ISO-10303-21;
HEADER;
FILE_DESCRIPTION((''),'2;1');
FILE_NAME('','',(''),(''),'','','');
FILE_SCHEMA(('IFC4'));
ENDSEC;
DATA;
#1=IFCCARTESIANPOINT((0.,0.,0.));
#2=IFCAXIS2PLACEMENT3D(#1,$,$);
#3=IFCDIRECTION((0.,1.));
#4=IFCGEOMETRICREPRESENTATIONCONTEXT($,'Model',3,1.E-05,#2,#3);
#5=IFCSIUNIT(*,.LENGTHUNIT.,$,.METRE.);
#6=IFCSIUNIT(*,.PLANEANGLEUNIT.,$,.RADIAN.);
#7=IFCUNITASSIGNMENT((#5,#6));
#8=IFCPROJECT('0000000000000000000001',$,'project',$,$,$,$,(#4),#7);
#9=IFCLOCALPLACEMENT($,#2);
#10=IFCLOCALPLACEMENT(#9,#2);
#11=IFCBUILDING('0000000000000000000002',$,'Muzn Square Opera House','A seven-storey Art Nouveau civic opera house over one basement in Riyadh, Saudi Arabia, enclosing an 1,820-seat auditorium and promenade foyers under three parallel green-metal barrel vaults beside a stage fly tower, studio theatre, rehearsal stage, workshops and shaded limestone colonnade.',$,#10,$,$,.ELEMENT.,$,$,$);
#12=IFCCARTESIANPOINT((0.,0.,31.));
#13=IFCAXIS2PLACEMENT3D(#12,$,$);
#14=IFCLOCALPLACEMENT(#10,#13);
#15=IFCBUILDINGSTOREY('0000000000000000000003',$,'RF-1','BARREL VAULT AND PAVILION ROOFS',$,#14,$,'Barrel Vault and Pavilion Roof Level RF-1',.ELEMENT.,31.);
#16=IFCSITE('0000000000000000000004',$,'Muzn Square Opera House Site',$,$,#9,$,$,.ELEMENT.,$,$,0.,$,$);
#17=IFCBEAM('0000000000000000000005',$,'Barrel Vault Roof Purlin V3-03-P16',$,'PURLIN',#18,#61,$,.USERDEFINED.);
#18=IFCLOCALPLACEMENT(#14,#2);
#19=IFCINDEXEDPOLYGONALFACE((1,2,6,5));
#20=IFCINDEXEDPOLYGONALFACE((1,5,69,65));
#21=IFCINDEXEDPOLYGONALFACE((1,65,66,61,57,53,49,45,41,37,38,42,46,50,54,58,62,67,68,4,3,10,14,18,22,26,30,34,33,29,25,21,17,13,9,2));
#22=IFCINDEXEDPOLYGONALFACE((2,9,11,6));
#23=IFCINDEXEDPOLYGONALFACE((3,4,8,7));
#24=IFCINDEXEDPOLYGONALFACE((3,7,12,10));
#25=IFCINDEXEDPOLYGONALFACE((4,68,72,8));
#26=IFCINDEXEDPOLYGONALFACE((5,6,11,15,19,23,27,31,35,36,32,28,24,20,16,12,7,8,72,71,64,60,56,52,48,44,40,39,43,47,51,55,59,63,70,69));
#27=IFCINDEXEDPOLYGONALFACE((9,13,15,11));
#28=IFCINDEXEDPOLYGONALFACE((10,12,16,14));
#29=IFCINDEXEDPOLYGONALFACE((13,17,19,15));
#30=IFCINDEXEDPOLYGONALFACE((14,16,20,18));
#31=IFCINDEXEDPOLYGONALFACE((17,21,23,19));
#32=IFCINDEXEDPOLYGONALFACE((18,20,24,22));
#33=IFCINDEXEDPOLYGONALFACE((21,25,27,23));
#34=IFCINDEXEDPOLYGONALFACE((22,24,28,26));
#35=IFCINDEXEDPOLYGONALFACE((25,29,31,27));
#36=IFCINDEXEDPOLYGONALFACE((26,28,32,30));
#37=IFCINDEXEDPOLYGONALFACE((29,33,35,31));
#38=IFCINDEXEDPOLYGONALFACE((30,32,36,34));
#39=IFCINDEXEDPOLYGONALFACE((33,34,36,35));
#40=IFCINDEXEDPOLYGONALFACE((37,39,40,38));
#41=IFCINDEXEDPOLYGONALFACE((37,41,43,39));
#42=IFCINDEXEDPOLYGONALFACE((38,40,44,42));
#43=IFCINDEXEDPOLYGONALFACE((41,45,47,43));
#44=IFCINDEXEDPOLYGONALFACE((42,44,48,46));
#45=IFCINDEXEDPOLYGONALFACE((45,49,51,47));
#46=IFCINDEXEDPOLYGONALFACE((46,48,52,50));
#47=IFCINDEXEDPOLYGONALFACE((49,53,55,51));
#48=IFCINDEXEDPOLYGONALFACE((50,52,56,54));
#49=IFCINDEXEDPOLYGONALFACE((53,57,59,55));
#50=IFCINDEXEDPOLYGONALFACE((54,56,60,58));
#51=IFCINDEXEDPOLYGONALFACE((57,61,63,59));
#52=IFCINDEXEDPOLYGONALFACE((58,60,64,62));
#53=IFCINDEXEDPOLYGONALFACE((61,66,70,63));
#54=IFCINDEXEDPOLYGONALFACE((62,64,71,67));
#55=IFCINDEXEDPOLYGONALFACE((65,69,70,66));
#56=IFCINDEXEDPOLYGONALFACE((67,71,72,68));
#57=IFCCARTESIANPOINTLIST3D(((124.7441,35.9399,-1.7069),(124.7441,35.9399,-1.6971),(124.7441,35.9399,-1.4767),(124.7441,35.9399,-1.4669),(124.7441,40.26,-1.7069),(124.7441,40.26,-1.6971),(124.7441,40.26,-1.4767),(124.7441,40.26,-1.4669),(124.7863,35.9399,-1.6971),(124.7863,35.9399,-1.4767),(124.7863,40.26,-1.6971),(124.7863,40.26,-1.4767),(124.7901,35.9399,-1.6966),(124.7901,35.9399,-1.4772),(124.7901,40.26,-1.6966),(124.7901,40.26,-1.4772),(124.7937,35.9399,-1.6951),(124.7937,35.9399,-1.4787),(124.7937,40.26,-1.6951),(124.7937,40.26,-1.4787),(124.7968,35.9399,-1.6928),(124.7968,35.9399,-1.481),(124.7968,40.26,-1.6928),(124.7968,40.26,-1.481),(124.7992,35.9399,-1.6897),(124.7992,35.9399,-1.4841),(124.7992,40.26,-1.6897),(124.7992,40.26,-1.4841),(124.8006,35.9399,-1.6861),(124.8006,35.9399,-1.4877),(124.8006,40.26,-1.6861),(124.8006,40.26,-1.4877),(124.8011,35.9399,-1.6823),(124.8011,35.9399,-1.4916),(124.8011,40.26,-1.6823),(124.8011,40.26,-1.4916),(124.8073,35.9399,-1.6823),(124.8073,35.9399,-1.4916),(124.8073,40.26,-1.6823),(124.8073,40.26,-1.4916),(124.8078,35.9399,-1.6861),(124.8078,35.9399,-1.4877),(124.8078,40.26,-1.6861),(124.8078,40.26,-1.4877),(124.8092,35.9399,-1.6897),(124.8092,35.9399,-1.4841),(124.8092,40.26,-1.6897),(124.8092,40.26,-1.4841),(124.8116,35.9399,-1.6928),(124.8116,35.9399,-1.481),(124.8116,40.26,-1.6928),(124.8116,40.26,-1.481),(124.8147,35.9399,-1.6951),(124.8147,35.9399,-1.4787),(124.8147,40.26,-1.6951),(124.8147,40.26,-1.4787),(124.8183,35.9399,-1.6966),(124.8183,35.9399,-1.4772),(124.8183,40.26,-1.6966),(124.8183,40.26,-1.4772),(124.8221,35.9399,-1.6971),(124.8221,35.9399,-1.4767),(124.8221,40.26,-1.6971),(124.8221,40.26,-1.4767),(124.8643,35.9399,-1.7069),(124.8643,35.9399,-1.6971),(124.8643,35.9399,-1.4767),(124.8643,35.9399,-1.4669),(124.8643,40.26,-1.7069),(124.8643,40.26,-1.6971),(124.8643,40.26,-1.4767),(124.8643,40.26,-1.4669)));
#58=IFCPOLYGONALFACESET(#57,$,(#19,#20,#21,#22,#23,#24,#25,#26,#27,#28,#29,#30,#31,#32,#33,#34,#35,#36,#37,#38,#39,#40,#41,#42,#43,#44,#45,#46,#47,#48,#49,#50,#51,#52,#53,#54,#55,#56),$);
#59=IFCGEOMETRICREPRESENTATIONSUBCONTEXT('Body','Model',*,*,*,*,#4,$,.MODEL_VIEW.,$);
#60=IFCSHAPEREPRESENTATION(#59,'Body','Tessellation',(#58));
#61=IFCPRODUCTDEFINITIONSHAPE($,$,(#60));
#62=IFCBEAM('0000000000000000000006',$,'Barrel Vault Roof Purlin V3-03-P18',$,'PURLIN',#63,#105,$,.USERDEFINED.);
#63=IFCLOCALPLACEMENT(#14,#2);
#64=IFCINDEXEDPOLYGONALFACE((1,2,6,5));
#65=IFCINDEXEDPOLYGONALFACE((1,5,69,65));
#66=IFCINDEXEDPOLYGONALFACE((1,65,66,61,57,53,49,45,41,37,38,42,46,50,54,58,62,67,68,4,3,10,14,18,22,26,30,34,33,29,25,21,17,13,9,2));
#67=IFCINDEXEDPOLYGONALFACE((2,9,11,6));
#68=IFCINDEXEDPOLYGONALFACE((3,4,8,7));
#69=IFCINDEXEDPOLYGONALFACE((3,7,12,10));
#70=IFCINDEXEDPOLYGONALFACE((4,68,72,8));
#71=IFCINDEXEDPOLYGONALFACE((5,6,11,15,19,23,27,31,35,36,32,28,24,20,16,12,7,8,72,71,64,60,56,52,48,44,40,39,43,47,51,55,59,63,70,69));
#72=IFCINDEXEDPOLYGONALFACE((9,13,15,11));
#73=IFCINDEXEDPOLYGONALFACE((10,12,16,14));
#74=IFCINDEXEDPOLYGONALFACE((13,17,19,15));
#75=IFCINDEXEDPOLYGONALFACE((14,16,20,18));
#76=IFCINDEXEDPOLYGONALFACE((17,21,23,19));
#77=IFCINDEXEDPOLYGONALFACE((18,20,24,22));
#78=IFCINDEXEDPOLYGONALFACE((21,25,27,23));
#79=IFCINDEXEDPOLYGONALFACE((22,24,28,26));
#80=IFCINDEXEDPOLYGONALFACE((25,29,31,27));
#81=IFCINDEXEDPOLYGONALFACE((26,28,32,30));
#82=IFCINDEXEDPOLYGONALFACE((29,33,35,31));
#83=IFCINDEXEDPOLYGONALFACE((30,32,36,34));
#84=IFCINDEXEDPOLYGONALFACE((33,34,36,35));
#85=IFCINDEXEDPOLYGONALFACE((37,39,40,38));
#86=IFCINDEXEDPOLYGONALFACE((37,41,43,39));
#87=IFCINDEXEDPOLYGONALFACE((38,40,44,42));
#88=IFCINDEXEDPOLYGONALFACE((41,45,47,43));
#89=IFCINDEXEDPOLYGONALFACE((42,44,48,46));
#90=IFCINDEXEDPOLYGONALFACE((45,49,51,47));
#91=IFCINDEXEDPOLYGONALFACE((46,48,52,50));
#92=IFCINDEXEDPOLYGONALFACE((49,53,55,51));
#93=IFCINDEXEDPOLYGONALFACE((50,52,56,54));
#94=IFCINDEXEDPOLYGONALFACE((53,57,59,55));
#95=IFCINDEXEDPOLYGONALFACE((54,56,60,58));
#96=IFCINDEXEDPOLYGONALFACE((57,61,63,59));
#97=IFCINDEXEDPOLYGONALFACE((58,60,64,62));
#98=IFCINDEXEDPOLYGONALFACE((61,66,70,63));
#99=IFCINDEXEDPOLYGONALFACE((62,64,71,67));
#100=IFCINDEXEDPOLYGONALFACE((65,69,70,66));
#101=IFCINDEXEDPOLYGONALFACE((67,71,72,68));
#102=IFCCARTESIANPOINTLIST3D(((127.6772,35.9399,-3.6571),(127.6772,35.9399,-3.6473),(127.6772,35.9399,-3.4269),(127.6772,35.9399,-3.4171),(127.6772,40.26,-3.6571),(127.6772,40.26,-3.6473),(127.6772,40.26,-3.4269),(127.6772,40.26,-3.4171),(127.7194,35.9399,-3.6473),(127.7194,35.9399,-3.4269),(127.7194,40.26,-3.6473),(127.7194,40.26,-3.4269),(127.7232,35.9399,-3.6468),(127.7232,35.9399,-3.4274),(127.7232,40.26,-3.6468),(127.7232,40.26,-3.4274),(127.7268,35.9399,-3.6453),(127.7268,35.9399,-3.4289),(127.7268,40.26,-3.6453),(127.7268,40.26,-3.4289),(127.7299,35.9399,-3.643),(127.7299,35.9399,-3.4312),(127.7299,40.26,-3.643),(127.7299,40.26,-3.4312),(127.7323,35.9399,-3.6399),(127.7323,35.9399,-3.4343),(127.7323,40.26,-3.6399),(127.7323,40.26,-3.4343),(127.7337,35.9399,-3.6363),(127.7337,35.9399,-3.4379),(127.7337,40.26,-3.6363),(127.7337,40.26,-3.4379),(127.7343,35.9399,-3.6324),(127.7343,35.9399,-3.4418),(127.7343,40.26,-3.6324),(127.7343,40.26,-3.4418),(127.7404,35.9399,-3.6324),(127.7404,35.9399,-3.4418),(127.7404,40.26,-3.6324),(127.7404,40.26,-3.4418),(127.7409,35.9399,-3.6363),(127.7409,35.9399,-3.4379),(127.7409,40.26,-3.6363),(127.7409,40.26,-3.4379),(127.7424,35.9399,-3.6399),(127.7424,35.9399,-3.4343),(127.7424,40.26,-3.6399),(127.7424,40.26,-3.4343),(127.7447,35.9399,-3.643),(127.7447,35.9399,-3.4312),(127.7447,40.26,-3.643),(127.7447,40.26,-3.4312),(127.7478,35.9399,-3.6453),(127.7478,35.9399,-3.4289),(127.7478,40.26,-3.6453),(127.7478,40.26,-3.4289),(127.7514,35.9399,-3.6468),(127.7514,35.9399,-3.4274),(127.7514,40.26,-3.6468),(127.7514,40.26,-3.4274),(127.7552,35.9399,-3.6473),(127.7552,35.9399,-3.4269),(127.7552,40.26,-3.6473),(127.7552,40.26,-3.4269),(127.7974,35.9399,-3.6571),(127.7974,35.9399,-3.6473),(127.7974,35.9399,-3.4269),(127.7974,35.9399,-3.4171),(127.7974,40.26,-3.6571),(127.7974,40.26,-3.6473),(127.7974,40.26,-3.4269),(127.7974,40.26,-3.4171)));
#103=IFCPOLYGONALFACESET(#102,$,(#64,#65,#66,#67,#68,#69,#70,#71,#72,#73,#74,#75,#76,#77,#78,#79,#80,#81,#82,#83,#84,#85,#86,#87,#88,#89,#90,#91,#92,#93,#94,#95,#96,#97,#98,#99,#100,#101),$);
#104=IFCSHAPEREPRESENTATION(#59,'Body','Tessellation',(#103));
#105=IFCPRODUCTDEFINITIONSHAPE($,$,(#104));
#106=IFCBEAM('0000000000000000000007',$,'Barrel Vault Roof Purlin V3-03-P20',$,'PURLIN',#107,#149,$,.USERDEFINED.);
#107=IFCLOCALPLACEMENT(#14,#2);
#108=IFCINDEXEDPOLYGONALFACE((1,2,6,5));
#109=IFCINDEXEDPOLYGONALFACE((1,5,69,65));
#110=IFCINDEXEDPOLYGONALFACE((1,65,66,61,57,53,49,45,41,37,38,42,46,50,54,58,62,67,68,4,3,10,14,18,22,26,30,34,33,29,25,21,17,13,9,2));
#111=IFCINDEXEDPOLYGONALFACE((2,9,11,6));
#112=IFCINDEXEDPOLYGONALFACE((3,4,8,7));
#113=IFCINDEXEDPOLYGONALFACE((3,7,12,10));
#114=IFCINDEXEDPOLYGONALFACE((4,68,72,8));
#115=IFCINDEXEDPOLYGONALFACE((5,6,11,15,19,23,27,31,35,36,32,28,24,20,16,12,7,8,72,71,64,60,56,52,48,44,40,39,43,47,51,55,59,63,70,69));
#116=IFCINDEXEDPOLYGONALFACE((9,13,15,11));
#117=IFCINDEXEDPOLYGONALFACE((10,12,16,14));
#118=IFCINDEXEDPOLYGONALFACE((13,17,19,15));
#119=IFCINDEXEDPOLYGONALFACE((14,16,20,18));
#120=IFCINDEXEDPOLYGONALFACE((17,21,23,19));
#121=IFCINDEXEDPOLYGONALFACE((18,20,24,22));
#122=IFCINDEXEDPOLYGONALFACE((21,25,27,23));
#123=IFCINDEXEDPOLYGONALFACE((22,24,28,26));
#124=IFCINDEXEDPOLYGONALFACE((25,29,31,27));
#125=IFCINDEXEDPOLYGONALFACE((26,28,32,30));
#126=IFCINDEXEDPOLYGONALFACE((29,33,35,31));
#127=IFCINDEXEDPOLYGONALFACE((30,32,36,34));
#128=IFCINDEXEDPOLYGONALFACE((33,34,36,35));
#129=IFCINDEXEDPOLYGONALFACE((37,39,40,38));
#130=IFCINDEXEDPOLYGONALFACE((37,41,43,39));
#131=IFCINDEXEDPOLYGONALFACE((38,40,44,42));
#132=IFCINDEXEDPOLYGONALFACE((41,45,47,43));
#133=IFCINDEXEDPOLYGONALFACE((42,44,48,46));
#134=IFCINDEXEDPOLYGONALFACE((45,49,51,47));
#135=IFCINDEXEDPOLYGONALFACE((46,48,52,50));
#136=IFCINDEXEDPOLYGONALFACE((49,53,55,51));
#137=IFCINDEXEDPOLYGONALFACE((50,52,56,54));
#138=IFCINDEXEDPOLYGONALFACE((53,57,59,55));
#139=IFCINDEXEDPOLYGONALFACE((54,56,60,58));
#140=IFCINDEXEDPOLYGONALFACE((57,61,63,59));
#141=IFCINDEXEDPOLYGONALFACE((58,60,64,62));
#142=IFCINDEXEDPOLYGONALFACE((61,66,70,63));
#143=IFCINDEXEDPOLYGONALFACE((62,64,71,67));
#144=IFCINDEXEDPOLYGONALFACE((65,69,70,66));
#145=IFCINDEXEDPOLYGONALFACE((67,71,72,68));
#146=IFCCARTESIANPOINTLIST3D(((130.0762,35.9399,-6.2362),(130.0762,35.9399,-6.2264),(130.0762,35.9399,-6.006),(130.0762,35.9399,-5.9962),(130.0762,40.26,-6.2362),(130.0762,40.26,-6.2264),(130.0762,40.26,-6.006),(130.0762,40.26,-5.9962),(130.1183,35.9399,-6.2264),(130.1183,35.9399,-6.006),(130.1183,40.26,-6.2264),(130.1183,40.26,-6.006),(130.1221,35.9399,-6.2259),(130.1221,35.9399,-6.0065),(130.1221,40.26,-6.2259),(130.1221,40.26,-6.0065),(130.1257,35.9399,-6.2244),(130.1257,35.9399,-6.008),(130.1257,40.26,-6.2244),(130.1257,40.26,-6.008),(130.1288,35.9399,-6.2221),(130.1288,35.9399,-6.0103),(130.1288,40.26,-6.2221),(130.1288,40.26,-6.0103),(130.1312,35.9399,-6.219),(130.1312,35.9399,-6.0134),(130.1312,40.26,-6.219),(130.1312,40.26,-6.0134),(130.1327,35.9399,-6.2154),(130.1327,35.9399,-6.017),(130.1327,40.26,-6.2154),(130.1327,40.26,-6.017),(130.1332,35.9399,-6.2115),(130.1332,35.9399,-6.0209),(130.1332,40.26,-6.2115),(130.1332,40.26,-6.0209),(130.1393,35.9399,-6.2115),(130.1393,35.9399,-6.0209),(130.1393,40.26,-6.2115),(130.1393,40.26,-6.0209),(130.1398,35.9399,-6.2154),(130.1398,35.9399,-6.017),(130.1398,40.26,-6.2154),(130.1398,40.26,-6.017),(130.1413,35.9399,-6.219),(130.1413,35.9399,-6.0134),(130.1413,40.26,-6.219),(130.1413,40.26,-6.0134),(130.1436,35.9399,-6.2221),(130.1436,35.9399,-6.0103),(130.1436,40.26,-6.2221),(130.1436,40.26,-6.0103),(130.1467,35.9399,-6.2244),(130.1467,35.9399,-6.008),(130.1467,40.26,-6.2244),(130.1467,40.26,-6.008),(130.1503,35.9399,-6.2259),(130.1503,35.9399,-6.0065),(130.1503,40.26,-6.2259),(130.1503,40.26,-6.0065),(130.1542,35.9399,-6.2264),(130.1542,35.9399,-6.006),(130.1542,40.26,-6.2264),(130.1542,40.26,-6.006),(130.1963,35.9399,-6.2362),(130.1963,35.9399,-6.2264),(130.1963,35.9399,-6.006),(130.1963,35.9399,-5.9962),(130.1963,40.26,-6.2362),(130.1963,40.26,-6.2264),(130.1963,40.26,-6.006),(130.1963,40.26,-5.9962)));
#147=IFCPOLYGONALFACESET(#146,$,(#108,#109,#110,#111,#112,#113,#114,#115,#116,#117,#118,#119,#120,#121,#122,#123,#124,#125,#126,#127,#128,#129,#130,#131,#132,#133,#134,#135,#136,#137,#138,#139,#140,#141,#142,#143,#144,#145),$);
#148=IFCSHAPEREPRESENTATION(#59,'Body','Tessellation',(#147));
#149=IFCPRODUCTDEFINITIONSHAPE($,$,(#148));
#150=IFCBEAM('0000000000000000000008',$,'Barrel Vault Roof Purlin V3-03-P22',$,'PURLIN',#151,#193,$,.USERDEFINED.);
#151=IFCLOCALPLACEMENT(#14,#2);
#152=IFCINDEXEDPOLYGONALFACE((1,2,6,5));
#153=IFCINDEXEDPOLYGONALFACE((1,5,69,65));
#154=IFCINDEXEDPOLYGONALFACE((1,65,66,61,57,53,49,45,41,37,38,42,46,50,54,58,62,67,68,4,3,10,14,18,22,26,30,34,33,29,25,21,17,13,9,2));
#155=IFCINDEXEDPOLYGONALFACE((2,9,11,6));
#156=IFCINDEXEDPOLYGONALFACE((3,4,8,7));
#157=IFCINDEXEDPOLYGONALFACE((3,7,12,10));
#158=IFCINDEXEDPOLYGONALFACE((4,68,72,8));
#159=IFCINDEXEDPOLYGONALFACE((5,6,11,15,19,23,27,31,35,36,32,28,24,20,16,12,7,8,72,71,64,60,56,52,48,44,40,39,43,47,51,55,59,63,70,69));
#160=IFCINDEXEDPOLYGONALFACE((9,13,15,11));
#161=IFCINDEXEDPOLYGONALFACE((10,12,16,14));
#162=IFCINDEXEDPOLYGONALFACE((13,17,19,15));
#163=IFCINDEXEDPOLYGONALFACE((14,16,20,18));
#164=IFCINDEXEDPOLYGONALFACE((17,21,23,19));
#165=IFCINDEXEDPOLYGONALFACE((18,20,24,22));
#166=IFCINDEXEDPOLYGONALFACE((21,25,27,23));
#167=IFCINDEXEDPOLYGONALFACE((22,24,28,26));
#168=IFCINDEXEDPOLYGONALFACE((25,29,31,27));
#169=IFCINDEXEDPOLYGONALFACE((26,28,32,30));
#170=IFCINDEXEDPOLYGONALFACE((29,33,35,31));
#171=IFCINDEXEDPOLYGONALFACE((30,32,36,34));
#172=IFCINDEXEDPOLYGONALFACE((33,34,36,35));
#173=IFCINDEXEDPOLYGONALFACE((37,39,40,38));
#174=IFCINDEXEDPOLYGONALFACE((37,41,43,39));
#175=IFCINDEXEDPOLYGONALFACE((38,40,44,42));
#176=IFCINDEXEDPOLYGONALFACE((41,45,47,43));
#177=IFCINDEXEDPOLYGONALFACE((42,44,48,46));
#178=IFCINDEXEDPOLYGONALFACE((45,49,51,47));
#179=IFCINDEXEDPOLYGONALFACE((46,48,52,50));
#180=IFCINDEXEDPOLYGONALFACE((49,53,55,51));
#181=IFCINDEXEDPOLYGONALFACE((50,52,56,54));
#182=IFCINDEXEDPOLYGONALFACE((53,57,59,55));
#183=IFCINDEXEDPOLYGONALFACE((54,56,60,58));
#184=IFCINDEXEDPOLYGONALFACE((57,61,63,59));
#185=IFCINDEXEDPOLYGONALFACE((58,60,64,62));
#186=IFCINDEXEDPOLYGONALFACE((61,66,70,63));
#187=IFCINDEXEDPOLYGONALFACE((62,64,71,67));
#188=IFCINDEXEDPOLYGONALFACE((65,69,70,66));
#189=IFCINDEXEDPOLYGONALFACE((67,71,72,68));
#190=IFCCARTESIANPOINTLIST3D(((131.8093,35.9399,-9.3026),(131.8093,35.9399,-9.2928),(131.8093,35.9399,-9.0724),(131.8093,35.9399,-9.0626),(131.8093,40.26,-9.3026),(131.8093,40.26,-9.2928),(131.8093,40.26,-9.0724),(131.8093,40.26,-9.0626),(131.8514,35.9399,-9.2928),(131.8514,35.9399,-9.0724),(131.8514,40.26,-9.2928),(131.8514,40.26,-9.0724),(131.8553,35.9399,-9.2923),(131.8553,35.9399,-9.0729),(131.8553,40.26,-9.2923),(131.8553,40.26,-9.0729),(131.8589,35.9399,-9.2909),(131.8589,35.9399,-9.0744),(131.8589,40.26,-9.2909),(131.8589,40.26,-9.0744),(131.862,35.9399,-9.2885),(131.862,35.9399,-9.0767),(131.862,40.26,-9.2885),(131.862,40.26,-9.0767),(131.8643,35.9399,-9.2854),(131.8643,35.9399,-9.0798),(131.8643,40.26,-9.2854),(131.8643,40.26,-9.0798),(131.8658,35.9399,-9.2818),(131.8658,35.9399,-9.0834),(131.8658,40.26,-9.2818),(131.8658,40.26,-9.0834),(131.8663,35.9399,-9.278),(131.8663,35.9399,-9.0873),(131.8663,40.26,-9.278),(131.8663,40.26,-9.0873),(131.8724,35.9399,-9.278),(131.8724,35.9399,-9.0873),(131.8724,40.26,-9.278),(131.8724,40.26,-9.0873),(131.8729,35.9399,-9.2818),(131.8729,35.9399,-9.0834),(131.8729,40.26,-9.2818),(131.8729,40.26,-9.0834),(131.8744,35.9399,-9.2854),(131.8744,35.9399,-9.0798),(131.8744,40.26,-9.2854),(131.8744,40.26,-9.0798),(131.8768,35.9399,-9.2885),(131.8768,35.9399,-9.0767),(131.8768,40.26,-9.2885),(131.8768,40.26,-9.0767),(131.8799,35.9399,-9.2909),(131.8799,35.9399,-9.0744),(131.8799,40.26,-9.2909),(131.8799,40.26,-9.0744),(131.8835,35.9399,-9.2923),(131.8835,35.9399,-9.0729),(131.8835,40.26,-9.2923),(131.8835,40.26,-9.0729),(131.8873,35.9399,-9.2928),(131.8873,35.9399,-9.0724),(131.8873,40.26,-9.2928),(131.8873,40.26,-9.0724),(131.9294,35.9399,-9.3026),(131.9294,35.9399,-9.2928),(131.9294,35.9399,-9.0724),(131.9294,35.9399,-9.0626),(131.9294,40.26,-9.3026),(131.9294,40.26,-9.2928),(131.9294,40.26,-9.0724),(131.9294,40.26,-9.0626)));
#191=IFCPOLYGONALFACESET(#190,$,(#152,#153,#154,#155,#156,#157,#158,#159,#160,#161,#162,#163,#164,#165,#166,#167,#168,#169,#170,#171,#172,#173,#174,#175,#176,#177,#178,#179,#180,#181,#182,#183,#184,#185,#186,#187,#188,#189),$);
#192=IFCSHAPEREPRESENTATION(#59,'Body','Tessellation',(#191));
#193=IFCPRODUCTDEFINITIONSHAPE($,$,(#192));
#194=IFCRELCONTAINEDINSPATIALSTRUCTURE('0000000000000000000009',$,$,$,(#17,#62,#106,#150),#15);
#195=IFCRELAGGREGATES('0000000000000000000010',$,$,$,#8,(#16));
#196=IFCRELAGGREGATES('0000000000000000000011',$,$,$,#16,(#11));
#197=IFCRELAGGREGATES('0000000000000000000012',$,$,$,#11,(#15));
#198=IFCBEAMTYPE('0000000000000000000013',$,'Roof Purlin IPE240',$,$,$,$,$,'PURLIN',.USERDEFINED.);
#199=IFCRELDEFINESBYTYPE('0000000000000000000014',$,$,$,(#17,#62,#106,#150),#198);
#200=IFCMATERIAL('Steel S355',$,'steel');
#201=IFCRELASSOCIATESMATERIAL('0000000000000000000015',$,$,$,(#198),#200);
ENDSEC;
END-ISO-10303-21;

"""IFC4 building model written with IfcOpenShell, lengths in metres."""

from ifc_helpers import new_model, si_unit, direction, frame, origin, origin_2d, place, context, subcontext, project, spatial, i_section, extrude, material, material_profile, profile_set, type_object, element, save


model = new_model("IFC4")

# Units and contexts
model_context = context("Model", 3, precision=1e-05, world=origin(), true_north=direction((0.0, 1.0)))
body_context = subcontext(model_context, "Body", "Model", "MODEL_VIEW")
ifc_project = project(units=[si_unit("LENGTHUNIT", "METRE"), si_unit("PLANEANGLEUNIT", "RADIAN")], contexts=[model_context])

# Site, building, storey
site_placement = place(None, origin())
site = spatial("IfcSite", under=ifc_project, at=site_placement, Name="Muzn Square Opera House Site", CompositionType="ELEMENT", RefElevation=0.0)
building_placement = place(site_placement, origin())
building = spatial("IfcBuilding", under=site, at=building_placement, Name="Muzn Square Opera House", Description="A seven-storey Art Nouveau civic opera house over one basement in Riyadh, Saudi Arabia, enclosing an 1,820-seat auditorium and promenade foyers under three parallel green-metal barrel vaults beside a stage fly tower, studio theatre, rehearsal stage, workshops and shaded limestone colonnade.", CompositionType="ELEMENT")
storey_placement = place(building_placement, frame((0.0, 0.0, 31.0)))
storey = spatial("IfcBuildingStorey", under=building, at=storey_placement, Name="RF-1", Description="BARREL VAULT AND PAVILION ROOFS", LongName="Barrel Vault and Pavilion Roof Level RF-1", CompositionType="ELEMENT", Elevation=31.0)

# Beams
ifc_material_1 = material(Name="Steel S355", Category="steel")
ifc_material_profile_1 = material_profile(ifc_material_1, i_section(OverallWidth=0.1201, OverallDepth=0.24, WebThickness=0.0061, FlangeThickness=0.0098, FilletRadius=0.0149, at=origin_2d()), Name="IPE 240", Category="steel")
ifc_profile_set_1 = profile_set([ifc_material_profile_1], Name="Steel S355")
beam_type_1 = type_object("IfcBeamType", Name="Roof Purlin IPE240", ElementType="PURLIN", PredefinedType="USERDEFINED", material=ifc_profile_set_1)
for number, where, z_axis, x_axis, name in (
    (1, (124.8042, 35.9399, -1.5869), (0.0, 1.0, 0.0), (-1.0, 0.0, 0.0), "Barrel Vault Roof Purlin V3-03-P16"),
    (2, (127.7373, 35.9399, -3.5371), (0.0, 1.0, 0.0), (-1.0, 0.0, 0.0), "Barrel Vault Roof Purlin V3-03-P18"),
    (3, (130.1362, 35.9399, -6.1162), (0.0, 1.0, 0.0), (-1.0, 0.0, 0.0), "Barrel Vault Roof Purlin V3-03-P20"),
    (4, (131.8694, 35.9399, -9.1826), (0.0, 1.0, 0.0), (-1.0, 0.0, 0.0), "Barrel Vault Roof Purlin V3-03-P22"),
):
    element("IfcBeam", number, at=place(storey_placement, frame(where, z_axis=z_axis, x_axis=x_axis)), inside=storey, type_object=beam_type_1, Name=name, ObjectType="PURLIN", PredefinedType="USERDEFINED", context=body_context, shape_type="SweptSolid", body=[
        extrude(i_section(OverallWidth=0.1201, OverallDepth=0.24, WebThickness=0.0061, FlangeThickness=0.0098, FilletRadius=0.0149, at=origin_2d()), origin(), (0.0, 0.0, 1.0), 4.3201),
    ])

save(model, "model.ifc")
